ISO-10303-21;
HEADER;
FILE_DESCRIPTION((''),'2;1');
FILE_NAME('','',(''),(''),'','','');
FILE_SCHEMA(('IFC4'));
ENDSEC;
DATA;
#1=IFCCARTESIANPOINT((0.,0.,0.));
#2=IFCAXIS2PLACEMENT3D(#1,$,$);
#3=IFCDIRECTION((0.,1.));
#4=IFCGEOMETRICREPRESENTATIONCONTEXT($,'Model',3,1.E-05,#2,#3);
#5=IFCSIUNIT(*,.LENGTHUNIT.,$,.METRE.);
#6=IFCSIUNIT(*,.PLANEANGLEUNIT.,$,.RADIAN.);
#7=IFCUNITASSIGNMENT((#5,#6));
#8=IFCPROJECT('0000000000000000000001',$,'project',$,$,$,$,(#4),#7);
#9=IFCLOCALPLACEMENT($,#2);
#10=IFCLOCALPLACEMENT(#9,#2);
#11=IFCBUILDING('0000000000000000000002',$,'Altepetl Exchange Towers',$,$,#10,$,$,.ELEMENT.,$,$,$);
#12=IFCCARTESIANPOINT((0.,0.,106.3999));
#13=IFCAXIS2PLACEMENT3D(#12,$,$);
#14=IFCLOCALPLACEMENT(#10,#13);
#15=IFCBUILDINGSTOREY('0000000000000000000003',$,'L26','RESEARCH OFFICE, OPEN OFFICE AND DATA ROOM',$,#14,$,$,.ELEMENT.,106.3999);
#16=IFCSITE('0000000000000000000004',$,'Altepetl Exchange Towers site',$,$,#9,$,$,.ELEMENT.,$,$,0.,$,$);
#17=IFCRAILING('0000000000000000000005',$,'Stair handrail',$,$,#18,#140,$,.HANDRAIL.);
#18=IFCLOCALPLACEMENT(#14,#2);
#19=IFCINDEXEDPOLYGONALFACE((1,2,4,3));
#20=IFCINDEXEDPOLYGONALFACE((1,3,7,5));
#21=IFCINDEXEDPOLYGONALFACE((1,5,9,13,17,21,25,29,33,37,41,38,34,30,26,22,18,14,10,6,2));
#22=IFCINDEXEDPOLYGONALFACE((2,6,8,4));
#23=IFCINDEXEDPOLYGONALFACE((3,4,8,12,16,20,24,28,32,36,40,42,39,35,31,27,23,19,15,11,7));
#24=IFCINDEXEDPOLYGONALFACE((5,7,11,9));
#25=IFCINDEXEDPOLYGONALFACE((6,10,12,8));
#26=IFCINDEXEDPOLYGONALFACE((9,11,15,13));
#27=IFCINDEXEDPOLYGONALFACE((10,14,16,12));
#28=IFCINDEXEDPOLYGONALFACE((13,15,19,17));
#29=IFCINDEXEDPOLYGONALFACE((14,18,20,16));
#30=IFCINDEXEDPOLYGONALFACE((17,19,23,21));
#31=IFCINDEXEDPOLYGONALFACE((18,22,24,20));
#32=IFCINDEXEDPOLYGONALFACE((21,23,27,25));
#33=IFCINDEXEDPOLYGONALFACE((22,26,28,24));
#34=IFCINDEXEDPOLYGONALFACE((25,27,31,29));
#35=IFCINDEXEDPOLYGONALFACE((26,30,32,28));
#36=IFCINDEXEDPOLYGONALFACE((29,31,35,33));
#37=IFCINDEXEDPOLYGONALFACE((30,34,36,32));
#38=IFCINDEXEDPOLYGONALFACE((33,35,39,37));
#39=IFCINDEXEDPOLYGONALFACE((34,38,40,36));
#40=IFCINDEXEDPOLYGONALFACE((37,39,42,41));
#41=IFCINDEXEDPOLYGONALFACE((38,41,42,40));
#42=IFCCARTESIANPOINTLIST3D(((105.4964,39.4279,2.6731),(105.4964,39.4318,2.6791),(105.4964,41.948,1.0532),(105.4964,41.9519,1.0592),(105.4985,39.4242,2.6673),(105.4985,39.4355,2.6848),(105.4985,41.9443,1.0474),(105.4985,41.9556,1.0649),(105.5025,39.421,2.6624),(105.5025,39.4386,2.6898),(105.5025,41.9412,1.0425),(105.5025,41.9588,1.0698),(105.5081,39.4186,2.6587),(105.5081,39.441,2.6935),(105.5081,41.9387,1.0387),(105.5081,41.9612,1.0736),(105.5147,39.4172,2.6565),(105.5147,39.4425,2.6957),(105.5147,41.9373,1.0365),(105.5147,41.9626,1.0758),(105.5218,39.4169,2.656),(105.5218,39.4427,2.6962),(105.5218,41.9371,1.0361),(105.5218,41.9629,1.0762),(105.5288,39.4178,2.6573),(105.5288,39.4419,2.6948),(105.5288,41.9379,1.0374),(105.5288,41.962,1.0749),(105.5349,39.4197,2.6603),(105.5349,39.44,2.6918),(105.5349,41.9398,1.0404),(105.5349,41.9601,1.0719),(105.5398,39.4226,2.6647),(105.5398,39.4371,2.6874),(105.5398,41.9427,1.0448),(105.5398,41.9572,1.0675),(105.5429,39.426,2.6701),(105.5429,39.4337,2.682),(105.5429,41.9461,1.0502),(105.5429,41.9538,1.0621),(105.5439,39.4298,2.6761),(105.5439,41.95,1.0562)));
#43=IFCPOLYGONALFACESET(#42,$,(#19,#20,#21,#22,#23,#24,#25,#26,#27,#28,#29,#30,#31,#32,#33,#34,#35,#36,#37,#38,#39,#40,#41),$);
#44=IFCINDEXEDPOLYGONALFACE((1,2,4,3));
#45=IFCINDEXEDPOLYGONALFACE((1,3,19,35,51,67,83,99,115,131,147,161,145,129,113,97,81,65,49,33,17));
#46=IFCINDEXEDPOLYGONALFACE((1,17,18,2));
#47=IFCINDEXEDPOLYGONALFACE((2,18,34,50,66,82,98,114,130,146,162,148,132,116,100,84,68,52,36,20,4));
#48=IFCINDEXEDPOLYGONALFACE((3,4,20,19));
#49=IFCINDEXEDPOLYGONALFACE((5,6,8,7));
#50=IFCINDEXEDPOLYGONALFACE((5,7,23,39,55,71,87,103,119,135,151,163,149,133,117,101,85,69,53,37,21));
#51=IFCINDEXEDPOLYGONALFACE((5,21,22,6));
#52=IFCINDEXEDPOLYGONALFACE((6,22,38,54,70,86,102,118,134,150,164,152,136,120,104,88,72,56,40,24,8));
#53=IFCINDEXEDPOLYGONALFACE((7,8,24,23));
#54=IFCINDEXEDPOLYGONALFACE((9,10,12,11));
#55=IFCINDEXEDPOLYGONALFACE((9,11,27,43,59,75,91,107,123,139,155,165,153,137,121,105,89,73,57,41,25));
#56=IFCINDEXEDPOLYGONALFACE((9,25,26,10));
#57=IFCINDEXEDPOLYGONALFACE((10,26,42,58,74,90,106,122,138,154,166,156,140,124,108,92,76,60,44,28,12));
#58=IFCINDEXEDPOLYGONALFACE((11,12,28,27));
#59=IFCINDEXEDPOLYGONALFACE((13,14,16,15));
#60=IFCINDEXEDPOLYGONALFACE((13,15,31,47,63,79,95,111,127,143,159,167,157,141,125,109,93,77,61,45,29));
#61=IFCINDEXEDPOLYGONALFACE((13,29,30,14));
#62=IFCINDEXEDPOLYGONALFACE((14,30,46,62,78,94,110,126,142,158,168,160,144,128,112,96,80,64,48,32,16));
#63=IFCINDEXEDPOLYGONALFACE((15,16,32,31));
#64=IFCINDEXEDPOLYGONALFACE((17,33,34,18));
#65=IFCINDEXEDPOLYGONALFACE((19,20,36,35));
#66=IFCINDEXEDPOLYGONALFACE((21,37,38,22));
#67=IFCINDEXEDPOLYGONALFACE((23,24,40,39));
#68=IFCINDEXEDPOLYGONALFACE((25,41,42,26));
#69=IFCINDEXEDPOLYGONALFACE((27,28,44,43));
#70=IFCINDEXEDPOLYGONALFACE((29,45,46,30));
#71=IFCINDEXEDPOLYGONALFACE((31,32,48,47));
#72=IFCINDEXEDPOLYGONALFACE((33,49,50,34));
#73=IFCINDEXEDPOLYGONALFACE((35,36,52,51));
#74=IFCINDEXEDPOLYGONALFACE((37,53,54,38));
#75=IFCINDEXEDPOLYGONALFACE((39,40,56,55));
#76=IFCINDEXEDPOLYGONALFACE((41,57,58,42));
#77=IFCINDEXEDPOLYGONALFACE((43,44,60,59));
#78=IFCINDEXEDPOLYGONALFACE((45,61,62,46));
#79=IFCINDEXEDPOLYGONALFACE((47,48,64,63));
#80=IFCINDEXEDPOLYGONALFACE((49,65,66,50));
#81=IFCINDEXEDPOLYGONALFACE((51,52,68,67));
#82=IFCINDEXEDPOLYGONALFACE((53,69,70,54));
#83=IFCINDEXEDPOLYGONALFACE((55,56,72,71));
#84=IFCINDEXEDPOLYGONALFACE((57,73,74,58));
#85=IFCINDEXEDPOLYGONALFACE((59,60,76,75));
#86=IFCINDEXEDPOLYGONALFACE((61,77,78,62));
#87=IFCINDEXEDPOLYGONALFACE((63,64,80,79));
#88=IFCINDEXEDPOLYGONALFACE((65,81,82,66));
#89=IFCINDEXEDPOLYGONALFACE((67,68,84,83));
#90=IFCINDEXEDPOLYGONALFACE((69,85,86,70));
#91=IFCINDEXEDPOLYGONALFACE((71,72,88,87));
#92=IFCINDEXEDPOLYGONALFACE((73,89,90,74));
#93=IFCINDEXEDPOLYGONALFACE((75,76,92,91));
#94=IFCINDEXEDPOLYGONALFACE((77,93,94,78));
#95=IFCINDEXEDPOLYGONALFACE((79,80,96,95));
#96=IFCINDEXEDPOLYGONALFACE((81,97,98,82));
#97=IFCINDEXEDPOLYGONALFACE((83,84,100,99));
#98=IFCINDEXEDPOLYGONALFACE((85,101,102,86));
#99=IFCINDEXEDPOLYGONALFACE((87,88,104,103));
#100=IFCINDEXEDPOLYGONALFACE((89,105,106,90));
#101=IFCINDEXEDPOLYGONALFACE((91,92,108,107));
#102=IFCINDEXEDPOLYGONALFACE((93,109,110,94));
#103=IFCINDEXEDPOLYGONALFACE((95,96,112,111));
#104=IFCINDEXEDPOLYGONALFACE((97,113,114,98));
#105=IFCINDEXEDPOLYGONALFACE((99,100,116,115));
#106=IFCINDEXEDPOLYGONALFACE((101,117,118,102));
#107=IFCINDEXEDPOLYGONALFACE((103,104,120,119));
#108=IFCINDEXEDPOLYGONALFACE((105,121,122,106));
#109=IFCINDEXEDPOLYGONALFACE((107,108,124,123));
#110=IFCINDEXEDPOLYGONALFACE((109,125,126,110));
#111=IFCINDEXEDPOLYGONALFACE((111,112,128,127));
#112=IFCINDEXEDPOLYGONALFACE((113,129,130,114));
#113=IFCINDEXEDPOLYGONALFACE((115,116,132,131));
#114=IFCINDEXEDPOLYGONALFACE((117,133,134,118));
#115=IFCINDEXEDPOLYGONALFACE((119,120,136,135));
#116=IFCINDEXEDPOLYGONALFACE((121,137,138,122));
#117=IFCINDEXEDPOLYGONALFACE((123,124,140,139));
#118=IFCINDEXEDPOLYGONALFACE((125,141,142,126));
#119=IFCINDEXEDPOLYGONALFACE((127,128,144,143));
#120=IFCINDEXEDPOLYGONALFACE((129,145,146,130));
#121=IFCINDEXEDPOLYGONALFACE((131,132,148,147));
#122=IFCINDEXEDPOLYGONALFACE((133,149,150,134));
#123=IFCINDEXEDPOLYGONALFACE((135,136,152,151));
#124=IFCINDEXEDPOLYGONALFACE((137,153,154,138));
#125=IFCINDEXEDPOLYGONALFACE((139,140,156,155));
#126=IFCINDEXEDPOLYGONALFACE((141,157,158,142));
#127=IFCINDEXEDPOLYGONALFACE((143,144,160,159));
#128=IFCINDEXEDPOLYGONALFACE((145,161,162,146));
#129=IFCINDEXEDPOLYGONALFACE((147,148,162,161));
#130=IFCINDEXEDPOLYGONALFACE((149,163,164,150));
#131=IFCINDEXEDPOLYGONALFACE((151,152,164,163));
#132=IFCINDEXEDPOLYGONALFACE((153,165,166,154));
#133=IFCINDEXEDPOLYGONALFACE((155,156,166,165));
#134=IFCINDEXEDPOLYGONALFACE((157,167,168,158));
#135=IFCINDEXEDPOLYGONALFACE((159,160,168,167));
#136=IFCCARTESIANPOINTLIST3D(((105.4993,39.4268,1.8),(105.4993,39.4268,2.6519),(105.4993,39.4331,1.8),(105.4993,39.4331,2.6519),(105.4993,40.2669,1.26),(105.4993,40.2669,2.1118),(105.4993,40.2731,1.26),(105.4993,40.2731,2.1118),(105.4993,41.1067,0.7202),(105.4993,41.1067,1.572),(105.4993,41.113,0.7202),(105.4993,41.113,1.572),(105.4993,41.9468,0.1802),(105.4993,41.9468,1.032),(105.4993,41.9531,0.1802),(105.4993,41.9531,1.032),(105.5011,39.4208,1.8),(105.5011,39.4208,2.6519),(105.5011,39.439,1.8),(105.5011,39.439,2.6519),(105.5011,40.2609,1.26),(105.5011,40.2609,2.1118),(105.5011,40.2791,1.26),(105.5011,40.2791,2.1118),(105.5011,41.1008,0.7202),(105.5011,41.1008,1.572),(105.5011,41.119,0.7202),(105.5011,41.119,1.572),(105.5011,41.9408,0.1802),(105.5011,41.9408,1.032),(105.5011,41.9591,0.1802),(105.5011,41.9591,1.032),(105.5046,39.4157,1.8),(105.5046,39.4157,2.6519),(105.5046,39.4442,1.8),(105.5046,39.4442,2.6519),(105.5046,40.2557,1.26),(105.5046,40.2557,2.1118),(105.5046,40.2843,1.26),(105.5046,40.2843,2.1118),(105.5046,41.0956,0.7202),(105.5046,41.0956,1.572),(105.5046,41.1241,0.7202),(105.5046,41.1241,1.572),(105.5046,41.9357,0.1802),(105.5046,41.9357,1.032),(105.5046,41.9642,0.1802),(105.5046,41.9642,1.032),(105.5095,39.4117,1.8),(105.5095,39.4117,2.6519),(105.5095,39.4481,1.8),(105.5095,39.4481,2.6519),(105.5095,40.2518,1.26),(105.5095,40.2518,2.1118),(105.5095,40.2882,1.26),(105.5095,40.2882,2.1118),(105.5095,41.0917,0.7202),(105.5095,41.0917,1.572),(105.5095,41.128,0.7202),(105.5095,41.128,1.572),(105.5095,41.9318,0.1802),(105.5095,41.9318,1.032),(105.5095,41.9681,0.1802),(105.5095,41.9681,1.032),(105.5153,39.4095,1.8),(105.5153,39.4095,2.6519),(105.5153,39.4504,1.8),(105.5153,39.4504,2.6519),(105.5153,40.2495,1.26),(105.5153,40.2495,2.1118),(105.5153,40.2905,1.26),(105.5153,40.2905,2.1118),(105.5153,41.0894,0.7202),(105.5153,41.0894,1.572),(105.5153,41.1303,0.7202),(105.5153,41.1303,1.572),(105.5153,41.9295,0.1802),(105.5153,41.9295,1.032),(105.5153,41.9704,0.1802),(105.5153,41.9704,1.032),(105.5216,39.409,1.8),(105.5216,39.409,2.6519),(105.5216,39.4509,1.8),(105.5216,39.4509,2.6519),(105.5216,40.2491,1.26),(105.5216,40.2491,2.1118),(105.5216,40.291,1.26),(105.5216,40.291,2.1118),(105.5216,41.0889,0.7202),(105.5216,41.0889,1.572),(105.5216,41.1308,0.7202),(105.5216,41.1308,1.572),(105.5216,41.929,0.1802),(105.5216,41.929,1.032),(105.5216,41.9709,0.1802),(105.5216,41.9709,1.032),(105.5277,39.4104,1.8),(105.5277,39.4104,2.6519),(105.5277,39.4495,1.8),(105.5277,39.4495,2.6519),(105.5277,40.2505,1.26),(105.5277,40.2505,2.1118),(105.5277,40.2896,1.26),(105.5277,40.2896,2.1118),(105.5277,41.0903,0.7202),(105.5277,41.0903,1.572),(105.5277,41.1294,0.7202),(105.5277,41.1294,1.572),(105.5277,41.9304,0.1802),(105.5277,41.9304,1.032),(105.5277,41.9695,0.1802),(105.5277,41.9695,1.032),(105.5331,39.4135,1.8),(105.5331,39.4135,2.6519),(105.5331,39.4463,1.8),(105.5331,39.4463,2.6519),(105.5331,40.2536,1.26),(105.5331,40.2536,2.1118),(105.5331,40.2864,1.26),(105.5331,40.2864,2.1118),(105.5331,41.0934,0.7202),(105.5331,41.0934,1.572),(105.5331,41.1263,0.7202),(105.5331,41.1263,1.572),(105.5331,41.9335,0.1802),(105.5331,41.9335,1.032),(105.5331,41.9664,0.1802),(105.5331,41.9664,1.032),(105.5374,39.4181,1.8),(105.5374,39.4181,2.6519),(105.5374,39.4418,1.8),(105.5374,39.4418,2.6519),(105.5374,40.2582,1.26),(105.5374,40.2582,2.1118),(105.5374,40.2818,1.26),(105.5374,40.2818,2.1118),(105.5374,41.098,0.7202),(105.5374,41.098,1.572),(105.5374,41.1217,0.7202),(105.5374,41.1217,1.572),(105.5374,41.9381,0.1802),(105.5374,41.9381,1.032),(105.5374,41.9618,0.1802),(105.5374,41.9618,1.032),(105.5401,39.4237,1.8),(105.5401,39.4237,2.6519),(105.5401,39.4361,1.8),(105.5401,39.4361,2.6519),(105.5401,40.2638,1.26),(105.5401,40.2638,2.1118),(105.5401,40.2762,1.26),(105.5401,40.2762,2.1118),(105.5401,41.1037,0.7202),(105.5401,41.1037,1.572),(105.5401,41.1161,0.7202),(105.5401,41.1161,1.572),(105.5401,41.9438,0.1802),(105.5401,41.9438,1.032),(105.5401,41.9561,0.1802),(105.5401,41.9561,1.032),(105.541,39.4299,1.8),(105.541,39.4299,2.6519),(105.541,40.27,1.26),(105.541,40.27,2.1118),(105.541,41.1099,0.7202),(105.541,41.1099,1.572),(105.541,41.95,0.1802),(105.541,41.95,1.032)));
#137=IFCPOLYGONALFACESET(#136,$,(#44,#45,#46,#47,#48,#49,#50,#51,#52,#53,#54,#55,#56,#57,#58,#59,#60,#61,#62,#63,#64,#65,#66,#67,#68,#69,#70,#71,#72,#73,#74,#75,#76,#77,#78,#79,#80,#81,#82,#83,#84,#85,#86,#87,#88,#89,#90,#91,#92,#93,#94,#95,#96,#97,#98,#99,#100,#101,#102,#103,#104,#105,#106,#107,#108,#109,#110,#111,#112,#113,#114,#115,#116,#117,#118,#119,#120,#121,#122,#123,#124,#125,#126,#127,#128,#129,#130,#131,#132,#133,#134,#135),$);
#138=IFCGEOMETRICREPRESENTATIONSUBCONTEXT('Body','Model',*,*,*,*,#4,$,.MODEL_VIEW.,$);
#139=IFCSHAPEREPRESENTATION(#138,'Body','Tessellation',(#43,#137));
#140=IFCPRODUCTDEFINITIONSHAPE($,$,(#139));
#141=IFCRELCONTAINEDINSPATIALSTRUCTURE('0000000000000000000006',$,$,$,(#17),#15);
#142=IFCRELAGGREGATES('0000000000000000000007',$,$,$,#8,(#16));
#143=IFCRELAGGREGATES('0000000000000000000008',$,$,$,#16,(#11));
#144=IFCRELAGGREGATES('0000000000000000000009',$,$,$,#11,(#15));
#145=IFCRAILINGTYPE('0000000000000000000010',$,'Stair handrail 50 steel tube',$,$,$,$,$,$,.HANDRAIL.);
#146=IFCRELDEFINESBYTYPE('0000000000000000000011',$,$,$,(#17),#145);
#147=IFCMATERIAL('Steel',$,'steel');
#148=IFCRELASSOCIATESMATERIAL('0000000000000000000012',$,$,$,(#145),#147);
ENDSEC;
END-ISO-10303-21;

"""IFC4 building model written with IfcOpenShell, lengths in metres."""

from ifc_helpers import new_model, si_unit, direction, frame, origin, origin_2d, place, context, subcontext, project, spatial, circle, extrude, source, transform, mapped, material, type_object, element, save


model = new_model("IFC4")

# Units and contexts
model_context = context("Model", 3, precision=1e-05, world=origin(), true_north=direction((0.0, 1.0)))
body_context = subcontext(model_context, "Body", "Model", "MODEL_VIEW")
ifc_project = project(units=[si_unit("LENGTHUNIT", "METRE"), si_unit("PLANEANGLEUNIT", "RADIAN")], contexts=[model_context])

# Site, building, storey
site_placement = place(None, origin())
site = spatial("IfcSite", under=ifc_project, at=site_placement, Name="Altepetl Exchange Towers site", CompositionType="ELEMENT", RefElevation=0.0)
building_placement = place(site_placement, origin())
building = spatial("IfcBuilding", under=site, at=building_placement, Name="Altepetl Exchange Towers", CompositionType="ELEMENT")
storey_placement = place(building_placement, frame((0.0, 0.0, 106.3999)))
storey = spatial("IfcBuildingStorey", under=building, at=storey_placement, Name="L26", Description="RESEARCH OFFICE, OPEN OFFICE AND DATA ROOM", CompositionType="ELEMENT", Elevation=106.3999)

# Railing
ifc_material_1 = material(Name="Steel", Category="steel")
railing_type = type_object("IfcRailingType", Name="Stair handrail 50 steel tube", PredefinedType="HANDRAIL", material=ifc_material_1)
shared_shape = source(origin(), body_context, "Body", "SweptSolid", [
    extrude(circle(Radius=0.021, at=origin_2d()), origin(), (0.0, 0.0, 1.0), 0.8518),
])
railing_1_placement = place(storey_placement, frame((105.52, 41.95, 0.1802)))
element("IfcRailing", 1, at=railing_1_placement, inside=storey, type_object=railing_type, Name="Stair handrail", PredefinedType="HANDRAIL", context=body_context, shape_type="SweptSolid", body=[
    extrude(circle(Radius=0.0239, at=origin_2d()), frame((0.0, 0.0, 0.876), z_axis=(0.0, -0.8412, 0.540725), x_axis=(1.0, 0.0, 0.0)), (0.0, 0.0, 1.0), 2.9958),
    mapped(shared_shape, transform((0.0, 0.0, 0.0))),
    mapped(shared_shape, transform((0.0, -0.8401, 0.54))),
    mapped(shared_shape, transform((0.0, -1.6799, 1.0798))),
    mapped(shared_shape, transform((0.0, -2.52, 1.6199))),
])

save(model, "model.ifc")
